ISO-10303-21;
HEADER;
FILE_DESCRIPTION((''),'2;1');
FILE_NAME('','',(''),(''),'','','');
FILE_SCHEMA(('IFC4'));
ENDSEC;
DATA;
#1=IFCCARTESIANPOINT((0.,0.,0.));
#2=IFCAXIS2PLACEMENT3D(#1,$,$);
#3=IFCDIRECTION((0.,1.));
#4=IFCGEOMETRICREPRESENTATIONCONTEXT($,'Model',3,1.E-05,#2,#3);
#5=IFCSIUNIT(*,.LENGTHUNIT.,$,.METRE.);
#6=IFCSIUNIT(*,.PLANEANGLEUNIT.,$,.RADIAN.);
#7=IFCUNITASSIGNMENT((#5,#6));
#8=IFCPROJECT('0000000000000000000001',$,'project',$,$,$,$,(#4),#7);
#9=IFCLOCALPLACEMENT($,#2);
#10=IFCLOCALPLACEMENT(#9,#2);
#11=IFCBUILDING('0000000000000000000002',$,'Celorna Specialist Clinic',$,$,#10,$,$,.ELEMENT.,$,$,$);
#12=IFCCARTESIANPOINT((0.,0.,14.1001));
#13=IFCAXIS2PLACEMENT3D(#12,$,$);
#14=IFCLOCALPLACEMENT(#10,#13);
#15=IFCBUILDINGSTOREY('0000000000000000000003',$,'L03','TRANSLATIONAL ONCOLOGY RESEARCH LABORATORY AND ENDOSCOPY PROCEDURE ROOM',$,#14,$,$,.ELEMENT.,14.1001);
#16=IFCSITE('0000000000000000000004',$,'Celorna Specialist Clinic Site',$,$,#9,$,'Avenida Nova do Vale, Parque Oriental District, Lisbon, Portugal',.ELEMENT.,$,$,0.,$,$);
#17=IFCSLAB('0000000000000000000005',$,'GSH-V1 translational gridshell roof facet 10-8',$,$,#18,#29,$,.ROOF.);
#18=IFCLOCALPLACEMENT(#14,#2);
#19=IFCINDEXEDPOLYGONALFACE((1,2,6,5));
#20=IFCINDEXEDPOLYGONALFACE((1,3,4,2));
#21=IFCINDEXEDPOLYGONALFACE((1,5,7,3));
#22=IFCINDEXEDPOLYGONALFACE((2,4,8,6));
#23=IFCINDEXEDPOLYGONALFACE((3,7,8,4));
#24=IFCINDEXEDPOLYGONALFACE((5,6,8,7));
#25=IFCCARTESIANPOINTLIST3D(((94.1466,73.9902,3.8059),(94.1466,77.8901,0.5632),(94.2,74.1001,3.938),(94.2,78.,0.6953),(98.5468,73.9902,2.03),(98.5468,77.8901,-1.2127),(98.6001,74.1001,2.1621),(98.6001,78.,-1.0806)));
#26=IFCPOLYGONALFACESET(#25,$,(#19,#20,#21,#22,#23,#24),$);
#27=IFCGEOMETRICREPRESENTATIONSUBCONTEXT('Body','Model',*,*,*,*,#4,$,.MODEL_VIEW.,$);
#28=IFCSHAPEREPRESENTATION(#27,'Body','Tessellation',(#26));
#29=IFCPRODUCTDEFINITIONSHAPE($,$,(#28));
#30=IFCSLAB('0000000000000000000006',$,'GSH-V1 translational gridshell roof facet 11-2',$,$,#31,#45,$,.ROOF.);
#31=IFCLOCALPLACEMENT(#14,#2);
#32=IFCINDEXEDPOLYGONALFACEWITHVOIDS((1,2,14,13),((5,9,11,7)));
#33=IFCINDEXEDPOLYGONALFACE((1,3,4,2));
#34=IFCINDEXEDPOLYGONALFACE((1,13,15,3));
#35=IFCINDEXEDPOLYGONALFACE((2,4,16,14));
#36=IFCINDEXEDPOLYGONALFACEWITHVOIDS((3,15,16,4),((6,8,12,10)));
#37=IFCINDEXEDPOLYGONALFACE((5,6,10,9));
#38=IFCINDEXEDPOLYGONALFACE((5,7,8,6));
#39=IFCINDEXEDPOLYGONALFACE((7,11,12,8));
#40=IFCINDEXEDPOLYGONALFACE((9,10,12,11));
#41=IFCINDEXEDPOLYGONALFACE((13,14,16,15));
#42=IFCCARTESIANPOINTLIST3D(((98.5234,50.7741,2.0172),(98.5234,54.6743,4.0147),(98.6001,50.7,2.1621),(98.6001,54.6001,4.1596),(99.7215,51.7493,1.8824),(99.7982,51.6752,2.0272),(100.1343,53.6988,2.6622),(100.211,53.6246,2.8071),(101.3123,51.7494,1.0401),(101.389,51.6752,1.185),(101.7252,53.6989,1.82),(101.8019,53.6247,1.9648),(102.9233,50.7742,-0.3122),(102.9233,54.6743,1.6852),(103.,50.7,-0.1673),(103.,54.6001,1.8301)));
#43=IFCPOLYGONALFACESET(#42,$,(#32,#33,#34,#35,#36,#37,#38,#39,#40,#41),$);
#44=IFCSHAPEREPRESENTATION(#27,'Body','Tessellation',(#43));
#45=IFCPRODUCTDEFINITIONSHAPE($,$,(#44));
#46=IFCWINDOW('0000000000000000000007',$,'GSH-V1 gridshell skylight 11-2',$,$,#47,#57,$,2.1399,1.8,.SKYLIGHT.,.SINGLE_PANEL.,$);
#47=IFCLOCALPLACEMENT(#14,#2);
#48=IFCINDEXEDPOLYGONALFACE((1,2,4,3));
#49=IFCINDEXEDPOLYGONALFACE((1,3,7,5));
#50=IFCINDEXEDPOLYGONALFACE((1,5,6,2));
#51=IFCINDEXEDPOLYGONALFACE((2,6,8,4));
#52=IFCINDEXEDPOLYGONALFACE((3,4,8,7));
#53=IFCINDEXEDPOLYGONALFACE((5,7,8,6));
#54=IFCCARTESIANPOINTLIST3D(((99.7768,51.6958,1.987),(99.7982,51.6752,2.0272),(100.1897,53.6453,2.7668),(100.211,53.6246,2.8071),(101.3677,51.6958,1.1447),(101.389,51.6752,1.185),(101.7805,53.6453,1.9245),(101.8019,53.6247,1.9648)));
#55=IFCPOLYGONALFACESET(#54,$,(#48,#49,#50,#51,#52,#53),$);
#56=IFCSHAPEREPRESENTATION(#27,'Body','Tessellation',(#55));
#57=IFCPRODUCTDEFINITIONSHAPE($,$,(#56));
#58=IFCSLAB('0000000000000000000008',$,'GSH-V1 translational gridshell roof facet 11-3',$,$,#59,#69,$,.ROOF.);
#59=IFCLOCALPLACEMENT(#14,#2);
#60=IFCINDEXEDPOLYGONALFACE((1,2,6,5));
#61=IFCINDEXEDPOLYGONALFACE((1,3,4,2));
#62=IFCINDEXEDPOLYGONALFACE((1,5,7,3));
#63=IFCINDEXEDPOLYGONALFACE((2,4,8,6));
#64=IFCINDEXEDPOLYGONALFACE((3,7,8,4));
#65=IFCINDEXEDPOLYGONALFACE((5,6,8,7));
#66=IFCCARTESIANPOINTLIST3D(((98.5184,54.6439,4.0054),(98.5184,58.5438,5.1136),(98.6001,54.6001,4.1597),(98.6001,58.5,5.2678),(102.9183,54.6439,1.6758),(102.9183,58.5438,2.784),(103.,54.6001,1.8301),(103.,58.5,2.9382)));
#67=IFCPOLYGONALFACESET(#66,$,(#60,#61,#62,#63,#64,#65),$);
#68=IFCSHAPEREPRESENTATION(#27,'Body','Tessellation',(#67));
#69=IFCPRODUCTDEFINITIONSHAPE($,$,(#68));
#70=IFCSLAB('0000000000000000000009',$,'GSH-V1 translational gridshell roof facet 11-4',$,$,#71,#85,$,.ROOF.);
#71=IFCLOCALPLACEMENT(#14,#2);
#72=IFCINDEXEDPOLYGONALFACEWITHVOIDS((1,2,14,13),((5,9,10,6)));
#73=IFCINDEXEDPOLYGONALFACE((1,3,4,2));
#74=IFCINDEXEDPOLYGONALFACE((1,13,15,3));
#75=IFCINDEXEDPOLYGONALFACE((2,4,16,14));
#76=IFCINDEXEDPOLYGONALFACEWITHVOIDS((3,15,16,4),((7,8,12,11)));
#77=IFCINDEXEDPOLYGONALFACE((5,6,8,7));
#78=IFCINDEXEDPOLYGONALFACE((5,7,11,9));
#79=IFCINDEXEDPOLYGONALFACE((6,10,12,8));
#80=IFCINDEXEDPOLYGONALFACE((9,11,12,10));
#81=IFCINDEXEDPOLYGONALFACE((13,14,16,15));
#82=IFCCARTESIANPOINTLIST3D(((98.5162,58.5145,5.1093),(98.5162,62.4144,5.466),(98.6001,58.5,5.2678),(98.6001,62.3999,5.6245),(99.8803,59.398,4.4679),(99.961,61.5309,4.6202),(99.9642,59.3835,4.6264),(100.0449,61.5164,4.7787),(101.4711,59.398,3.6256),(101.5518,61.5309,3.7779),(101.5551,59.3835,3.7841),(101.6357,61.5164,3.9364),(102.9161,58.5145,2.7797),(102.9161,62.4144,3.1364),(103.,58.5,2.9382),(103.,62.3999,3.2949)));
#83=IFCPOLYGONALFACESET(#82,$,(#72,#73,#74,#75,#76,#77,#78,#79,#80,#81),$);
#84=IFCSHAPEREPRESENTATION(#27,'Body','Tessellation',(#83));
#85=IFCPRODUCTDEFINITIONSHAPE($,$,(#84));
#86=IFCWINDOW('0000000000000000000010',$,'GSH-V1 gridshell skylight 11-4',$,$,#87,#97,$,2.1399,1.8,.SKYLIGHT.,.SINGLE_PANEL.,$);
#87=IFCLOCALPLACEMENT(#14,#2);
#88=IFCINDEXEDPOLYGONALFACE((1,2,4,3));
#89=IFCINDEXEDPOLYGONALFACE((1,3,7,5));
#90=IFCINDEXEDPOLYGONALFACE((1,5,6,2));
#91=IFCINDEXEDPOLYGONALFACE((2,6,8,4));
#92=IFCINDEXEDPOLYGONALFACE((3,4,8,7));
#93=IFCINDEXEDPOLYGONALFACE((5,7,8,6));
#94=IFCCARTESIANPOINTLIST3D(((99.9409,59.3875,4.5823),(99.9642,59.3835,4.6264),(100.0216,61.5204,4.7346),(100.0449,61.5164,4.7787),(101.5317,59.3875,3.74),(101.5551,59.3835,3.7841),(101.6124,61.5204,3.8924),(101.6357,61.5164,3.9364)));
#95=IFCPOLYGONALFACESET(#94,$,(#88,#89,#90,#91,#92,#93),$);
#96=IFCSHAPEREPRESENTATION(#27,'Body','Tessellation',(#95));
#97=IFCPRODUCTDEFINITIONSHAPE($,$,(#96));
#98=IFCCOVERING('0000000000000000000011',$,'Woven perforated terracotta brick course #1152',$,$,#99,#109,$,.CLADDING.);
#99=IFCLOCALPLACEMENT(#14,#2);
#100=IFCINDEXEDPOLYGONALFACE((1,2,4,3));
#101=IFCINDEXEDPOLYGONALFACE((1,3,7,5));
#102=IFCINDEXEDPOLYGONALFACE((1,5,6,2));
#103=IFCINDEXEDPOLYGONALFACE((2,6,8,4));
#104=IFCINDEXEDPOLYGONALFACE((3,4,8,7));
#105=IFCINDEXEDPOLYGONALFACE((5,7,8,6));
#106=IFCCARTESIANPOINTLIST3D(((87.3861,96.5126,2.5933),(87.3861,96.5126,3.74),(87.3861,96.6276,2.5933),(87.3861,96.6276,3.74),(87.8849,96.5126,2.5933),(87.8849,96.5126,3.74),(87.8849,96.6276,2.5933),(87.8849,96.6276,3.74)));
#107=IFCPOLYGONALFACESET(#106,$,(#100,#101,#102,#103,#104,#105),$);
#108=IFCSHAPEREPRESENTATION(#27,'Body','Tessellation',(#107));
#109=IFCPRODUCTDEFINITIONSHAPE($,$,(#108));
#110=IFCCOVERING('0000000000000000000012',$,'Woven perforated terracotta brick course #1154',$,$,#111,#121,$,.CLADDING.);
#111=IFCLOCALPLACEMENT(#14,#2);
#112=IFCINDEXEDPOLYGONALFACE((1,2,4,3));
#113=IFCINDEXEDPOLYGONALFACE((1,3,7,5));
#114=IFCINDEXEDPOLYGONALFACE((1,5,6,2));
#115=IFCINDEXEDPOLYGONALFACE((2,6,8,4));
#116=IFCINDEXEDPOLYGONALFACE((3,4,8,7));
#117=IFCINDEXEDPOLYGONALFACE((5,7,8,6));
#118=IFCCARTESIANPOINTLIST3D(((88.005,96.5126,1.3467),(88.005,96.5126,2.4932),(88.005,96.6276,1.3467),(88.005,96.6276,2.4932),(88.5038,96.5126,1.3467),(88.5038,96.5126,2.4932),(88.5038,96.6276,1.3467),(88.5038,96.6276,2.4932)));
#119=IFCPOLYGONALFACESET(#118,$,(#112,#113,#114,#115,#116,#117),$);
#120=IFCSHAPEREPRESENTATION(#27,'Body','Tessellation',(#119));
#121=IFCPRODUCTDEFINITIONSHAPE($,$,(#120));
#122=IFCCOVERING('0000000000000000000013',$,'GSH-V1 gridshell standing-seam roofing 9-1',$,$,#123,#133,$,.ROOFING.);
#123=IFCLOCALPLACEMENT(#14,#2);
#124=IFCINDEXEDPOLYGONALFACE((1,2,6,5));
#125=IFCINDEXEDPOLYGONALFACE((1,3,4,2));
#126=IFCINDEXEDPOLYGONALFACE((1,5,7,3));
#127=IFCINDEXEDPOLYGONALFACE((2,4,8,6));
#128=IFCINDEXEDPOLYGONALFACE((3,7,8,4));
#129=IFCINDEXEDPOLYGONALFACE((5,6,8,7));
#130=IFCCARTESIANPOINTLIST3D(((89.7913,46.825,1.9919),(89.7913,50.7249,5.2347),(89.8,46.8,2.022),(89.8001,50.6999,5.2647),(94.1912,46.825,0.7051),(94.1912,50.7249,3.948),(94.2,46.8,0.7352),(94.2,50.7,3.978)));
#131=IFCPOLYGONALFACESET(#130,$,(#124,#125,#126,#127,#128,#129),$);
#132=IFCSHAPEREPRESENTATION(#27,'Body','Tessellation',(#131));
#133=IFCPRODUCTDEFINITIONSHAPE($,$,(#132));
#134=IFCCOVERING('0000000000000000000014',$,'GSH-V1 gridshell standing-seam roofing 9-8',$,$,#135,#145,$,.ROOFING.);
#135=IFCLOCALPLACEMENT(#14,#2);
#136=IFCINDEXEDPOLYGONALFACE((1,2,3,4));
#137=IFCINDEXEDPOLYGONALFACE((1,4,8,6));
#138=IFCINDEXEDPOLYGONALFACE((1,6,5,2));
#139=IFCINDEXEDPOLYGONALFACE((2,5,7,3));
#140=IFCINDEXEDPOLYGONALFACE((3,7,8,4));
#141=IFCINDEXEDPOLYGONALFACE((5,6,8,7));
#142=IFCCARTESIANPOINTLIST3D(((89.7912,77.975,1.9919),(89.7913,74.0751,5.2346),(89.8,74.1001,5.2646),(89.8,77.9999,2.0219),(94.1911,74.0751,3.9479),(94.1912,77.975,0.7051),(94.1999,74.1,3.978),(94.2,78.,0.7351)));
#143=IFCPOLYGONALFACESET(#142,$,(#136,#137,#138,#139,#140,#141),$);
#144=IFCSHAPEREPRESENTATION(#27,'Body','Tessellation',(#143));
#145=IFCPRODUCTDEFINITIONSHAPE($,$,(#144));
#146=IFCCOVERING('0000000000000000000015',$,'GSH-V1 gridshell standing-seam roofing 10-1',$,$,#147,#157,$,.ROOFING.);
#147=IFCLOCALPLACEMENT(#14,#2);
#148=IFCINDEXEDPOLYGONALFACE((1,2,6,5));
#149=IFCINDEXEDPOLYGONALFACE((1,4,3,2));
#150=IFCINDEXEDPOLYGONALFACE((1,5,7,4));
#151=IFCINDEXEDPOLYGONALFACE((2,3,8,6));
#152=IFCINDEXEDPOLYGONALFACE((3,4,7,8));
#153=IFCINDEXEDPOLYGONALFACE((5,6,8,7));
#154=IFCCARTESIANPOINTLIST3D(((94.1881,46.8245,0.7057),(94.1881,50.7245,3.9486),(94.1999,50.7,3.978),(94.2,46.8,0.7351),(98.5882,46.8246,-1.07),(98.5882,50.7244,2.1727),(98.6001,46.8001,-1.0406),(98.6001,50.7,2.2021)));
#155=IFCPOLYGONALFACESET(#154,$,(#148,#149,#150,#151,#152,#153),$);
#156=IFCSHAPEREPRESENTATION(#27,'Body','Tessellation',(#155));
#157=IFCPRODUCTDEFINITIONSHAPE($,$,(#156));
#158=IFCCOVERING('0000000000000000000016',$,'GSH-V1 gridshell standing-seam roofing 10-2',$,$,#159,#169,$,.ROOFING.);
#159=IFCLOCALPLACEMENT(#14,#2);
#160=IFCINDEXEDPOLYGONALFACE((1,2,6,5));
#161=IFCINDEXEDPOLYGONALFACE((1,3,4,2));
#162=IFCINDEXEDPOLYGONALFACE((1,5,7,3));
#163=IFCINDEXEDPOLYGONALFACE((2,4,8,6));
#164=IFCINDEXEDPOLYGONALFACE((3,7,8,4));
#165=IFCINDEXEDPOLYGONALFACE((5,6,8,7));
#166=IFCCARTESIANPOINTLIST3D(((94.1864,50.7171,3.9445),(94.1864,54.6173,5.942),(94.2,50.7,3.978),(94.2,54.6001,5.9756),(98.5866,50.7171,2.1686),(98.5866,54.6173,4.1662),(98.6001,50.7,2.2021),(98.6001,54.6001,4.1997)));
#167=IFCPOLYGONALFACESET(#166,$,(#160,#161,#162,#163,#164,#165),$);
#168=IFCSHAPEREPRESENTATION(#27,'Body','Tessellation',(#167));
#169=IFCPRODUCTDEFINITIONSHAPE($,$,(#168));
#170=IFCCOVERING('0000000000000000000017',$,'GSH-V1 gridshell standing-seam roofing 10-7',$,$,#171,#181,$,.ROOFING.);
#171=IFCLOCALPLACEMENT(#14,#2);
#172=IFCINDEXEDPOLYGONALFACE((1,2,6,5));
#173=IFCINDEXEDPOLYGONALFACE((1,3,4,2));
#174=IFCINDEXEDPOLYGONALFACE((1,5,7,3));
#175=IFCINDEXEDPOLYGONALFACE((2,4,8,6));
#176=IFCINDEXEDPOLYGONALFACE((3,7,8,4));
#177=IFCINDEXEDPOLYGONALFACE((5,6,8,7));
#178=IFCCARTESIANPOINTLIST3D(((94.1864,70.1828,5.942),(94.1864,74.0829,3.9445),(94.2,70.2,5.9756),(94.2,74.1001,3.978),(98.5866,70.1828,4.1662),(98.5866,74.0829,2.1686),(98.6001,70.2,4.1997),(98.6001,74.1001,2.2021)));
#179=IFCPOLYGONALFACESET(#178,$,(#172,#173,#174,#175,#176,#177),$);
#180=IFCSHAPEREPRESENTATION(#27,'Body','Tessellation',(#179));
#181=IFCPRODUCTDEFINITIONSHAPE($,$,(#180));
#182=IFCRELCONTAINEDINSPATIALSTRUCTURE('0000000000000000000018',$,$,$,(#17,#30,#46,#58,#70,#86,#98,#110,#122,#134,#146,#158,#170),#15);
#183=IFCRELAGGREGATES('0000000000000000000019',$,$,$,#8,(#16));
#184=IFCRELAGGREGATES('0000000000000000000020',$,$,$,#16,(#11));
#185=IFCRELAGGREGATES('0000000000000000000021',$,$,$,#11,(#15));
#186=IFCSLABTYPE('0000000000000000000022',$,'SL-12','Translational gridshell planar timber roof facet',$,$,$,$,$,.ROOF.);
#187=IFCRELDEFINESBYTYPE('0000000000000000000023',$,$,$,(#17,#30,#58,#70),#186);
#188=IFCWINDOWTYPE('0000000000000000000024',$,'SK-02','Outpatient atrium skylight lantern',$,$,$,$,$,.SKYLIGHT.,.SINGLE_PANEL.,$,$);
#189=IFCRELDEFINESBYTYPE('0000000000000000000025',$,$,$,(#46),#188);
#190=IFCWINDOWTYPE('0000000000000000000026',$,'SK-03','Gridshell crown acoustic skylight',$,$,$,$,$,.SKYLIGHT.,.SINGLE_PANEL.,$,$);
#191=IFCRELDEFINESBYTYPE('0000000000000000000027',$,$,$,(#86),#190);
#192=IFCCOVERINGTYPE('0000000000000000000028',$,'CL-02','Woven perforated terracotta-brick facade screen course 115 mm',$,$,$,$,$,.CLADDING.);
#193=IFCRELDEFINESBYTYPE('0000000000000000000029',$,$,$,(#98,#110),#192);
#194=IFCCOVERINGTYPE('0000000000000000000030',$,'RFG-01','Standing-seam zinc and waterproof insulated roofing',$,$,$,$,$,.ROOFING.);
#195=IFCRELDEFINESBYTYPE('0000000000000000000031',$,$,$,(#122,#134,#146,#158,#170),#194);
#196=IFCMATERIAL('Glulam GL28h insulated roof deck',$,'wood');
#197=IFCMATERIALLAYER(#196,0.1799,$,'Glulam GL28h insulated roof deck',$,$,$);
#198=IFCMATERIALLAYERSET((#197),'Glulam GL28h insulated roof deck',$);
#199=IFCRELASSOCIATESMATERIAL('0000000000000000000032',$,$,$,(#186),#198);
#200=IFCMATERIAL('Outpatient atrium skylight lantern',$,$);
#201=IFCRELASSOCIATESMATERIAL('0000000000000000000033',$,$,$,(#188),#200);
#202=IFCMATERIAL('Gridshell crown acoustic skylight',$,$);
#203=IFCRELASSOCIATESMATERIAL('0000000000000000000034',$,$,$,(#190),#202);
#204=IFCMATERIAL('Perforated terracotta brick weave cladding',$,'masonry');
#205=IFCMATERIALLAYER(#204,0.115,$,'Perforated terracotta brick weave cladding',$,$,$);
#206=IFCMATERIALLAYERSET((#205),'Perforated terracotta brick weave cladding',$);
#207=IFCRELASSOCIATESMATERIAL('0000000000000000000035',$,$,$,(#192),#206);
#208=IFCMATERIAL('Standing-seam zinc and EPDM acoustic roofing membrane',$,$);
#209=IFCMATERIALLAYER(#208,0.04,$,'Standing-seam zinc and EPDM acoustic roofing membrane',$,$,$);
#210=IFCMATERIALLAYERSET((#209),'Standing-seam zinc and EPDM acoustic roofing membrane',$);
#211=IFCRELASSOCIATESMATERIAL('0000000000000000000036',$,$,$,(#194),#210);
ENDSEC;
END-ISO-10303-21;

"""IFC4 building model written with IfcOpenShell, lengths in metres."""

from ifc_helpers import new_model, si_unit, direction, frame, origin, origin_2d, place, context, subcontext, project, spatial, polyline, rectangle, outline, extrude, material, layer, layer_set, type_object, element, fill, save


model = new_model("IFC4")

# Units and contexts
model_context = context("Model", 3, precision=1e-05, world=origin(), true_north=direction((0.0, 1.0)))
body_context = subcontext(model_context, "Body", "Model", "MODEL_VIEW")
ifc_project = project(units=[si_unit("LENGTHUNIT", "METRE"), si_unit("PLANEANGLEUNIT", "RADIAN")], contexts=[model_context])

# Site, building, storey
site_placement = place(None, origin())
site = spatial("IfcSite", under=ifc_project, at=site_placement, Name="Celorna Specialist Clinic Site", LongName="Avenida Nova do Vale, Parque Oriental District, Lisbon, Portugal", CompositionType="ELEMENT", RefElevation=0.0)
building_placement = place(site_placement, origin())
building = spatial("IfcBuilding", under=site, at=building_placement, Name="Celorna Specialist Clinic", CompositionType="ELEMENT")
storey_placement = place(building_placement, frame((0.0, 0.0, 14.1001)))
storey = spatial("IfcBuildingStorey", under=building, at=storey_placement, Name="L03", Description="TRANSLATIONAL ONCOLOGY RESEARCH LABORATORY AND ENDOSCOPY PROCEDURE ROOM", CompositionType="ELEMENT", Elevation=14.1001)

# Shared definitions
ifc_material_1 = material(Name="Glulam GL28h insulated roof deck", Category="wood")
ifc_layer_1 = layer(ifc_material_1, 0.1799, Name="Glulam GL28h insulated roof deck")
ifc_layer_set_1 = layer_set([ifc_layer_1], Name="Glulam GL28h insulated roof deck")
slab_type = type_object("IfcSlabType", Name="SL-12", Description="Translational gridshell planar timber roof facet", PredefinedType="ROOF", material=ifc_layer_set_1)

# Shared definitions
ifc_material_2 = material(Name="Outpatient atrium skylight lantern")
window_type_1 = type_object("IfcWindowType", Name="SK-02", Description="Outpatient atrium skylight lantern", PartitioningType="SINGLE_PANEL", PredefinedType="SKYLIGHT", material=ifc_material_2)

# Slab
slab_1_placement = place(storey_placement, frame((94.2, 74.1001, 3.938), z_axis=(0.29639, 0.610614, 0.734373), x_axis=(0.927323, 0.0, -0.374263)))
element("IfcSlab", 1, at=slab_1_placement, inside=storey, type_object=slab_type, Name="GSH-V1 translational gridshell roof facet 10-8", PredefinedType="ROOF", context=body_context, shape_type="SweptSolid", body=[
    extrude(outline(polyline([(0.0, 0.0), (4.745, 0.0), (5.9586, 4.9246), (1.2136, 4.9246), (0.0, 0.0)])), origin(), (0.0, 0.0, -1.0), 0.1799),
])

# Slab, opening, window
slab_2_placement = place(storey_placement, frame((98.6001, 50.7, 2.1621), z_axis=(0.426273, -0.41235, 0.805145), x_axis=(0.883781, 0.000008, -0.467901)))
slab_2 = element("IfcSlab", 2, at=slab_2_placement, inside=storey, type_object=slab_type, Name="GSH-V1 translational gridshell roof facet 11-2", PredefinedType="ROOF", context=body_context, shape_type="SweptSolid", body=[
    extrude(outline(polyline([(0.0, 0.0), (4.9785, 0.0), (4.0439, 4.281), (-0.9346, 4.2811), (0.0, 0.0)])), origin(), (0.0, 0.0, -1.0), 0.1799),
])
opening_1_placement = place(slab_2_placement, frame((2.022, 2.1404, 0.01)))
opening_1 = element("IfcOpeningElement", 3, at=opening_1_placement, cuts=slab_2, PredefinedType="OPENING", context=body_context, shape_type="SweptSolid", body=[
    extrude(rectangle(XDim=1.8, YDim=2.1399, at=origin_2d()), origin(), (0.0, 0.0, -1.0), 0.2),
])
window_1_placement = place(opening_1_placement, frame((0.0, 0.0, -0.01)))
window_1 = element("IfcWindow", 4, at=window_1_placement, inside=storey, type_object=window_type_1, Name="GSH-V1 gridshell skylight 11-2", OverallHeight=2.1399, OverallWidth=1.8, PartitioningType="SINGLE_PANEL", PredefinedType="SKYLIGHT", context=body_context, shape_type="SweptSolid", body=[
    extrude(rectangle(XDim=1.8, YDim=2.1399, at=origin_2d()), origin(), (0.0, 0.0, -1.0), 0.05),
])
fill(opening_1, window_1)

# Slab
slab_3_placement = place(storey_placement, frame((98.6001, 54.6001, 4.1597), z_axis=(0.453833, -0.24356, 0.857155), x_axis=(0.883769, 0.0, -0.467924)))
element("IfcSlab", 5, at=slab_3_placement, inside=storey, type_object=slab_type, Name="GSH-V1 translational gridshell roof facet 11-3", PredefinedType="ROOF", context=body_context, shape_type="SweptSolid", body=[
    extrude(outline(polyline([(0.0, 0.0), (4.9786, 0.0), (4.46, 4.021), (-0.5185, 4.021), (0.0, 0.0)])), origin(), (0.0, 0.0, -1.0), 0.1799),
])

# Slab, opening, window
slab_4_placement = place(storey_placement, frame((98.6001, 58.5, 5.2678), z_axis=(0.466403, -0.080568, 0.880896), x_axis=(0.883769, 0.0, -0.467924)))
slab_4 = element("IfcSlab", 6, at=slab_4_placement, inside=storey, type_object=slab_type, Name="GSH-V1 translational gridshell roof facet 11-4", PredefinedType="ROOF", context=body_context, shape_type="SweptSolid", body=[
    extrude(outline(polyline([(0.0, 0.0), (4.9786, 0.0), (4.8117, 3.9126), (-0.1669, 3.9126), (0.0, 0.0)])), origin(), (0.0, 0.0, -1.0), 0.1799),
])
opening_2_placement = place(slab_4_placement, frame((2.4058, 1.9563, 0.01)))
opening_2 = element("IfcOpeningElement", 7, at=opening_2_placement, cuts=slab_4, PredefinedType="OPENING", context=body_context, shape_type="SweptSolid", body=[
    extrude(rectangle(XDim=1.8, YDim=2.1399, at=origin_2d()), origin(), (0.0, 0.0, -1.0), 0.2),
])
ifc_material_3 = material(Name="Gridshell crown acoustic skylight")
window_type_2 = type_object("IfcWindowType", Name="SK-03", Description="Gridshell crown acoustic skylight", PartitioningType="SINGLE_PANEL", PredefinedType="SKYLIGHT", material=ifc_material_3)
window_2_placement = place(opening_2_placement, frame((0.0, 0.0, -0.01)))
window_2 = element("IfcWindow", 8, at=window_2_placement, inside=storey, type_object=window_type_2, Name="GSH-V1 gridshell skylight 11-4", OverallHeight=2.1399, OverallWidth=1.8, PartitioningType="SINGLE_PANEL", PredefinedType="SKYLIGHT", context=body_context, shape_type="SweptSolid", body=[
    extrude(rectangle(XDim=1.8, YDim=2.1399, at=origin_2d()), origin(), (0.0, 0.0, -1.0), 0.05),
])
fill(opening_2, window_2)

# Coverings
ifc_material_4 = material(Name="Perforated terracotta brick weave cladding", Category="masonry")
ifc_layer_2 = layer(ifc_material_4, 0.115, Name="Perforated terracotta brick weave cladding")
ifc_layer_set_2 = layer_set([ifc_layer_2], Name="Perforated terracotta brick weave cladding")
covering_type_1 = type_object("IfcCoveringType", Name="CL-02", Description="Woven perforated terracotta-brick facade screen course 115 mm", PredefinedType="CLADDING", material=ifc_layer_set_2)
covering_1_placement = place(storey_placement, frame((87.6355, 96.5701, 2.5933), z_axis=(0.0, 0.0, 1.0), x_axis=(1.0, 0.0, 0.0)))
element("IfcCovering", 9, at=covering_1_placement, inside=storey, type_object=covering_type_1, Name="Woven perforated terracotta brick course #1152", PredefinedType="CLADDING", context=body_context, shape_type="SweptSolid", body=[
    extrude(rectangle(XDim=0.4988, YDim=0.115, at=origin_2d()), origin(), (0.0, 0.0, 1.0), 1.1467),
])
covering_2_placement = place(storey_placement, frame((88.2544, 96.5701, 1.3467), z_axis=(0.0, 0.0, 1.0), x_axis=(1.0, 0.0, 0.0)))
element("IfcCovering", 10, at=covering_2_placement, inside=storey, type_object=covering_type_1, Name="Woven perforated terracotta brick course #1154", PredefinedType="CLADDING", context=body_context, shape_type="SweptSolid", body=[
    extrude(rectangle(XDim=0.4988, YDim=0.115, at=origin_2d()), origin(), (0.0, 0.0, 1.0), 1.1465),
])
ifc_material_5 = material(Name="Standing-seam zinc and EPDM acoustic roofing membrane")
ifc_layer_3 = layer(ifc_material_5, 0.04, Name="Standing-seam zinc and EPDM acoustic roofing membrane")
ifc_layer_set_3 = layer_set([ifc_layer_3], Name="Standing-seam zinc and EPDM acoustic roofing membrane")
covering_type_2 = type_object("IfcCoveringType", Name="RFG-01", Description="Standing-seam zinc and waterproof insulated roofing", PredefinedType="ROOFING", material=ifc_layer_set_3)
covering_3_placement = place(storey_placement, frame((89.8, 46.8, 2.022), z_axis=(0.219388, -0.623779, 0.750179), x_axis=(0.959795, -0.000012, -0.280701)))
element("IfcCovering", 11, at=covering_3_placement, inside=storey, type_object=covering_type_2, Name="GSH-V1 gridshell standing-seam roofing 9-1", PredefinedType="ROOFING", context=body_context, shape_type="SweptSolid", body=[
    extrude(outline(polyline([(0.0, 0.0), (4.5842, 0.0), (3.6739, 4.9897), (-0.9103, 4.9895), (0.0, 0.0)])), origin(), (0.0, 0.0, -1.0), 0.04),
])
covering_4_placement = place(storey_placement, frame((89.8, 74.1001, 5.2646), z_axis=(0.219388, 0.623779, 0.750179), x_axis=(0.959801, -0.000012, -0.280682)))
element("IfcCovering", 12, at=covering_4_placement, inside=storey, type_object=covering_type_2, Name="GSH-V1 gridshell standing-seam roofing 9-8", PredefinedType="ROOFING", context=body_context, shape_type="SweptSolid", body=[
    extrude(outline(polyline([(0.0, 0.0), (4.5842, 0.0), (5.4943, 4.9897), (0.9101, 4.9896), (0.0, 0.0)])), origin(), (0.0, 0.0, -1.0), 0.04),
])
covering_5_placement = place(storey_placement, frame((94.2, 46.8, 0.7351), z_axis=(0.296367, -0.610632, 0.734367), x_axis=(0.927335, 0.000012, -0.374233)))
element("IfcCovering", 13, at=covering_5_placement, inside=storey, type_object=covering_type_2, Name="GSH-V1 gridshell standing-seam roofing 10-1", PredefinedType="ROOFING", context=body_context, shape_type="SweptSolid", body=[
    extrude(outline(polyline([(0.0, 0.0), (4.7449, 0.0), (3.5314, 4.9246), (-1.2136, 4.9247), (0.0, 0.0)])), origin(), (0.0, 0.0, -1.0), 0.04),
])
covering_6_placement = place(storey_placement, frame((94.2, 50.7, 3.978), z_axis=(0.33807, -0.429021, 0.837645), x_axis=(0.927323, 0.0, -0.374263)))
element("IfcCovering", 14, at=covering_6_placement, inside=storey, type_object=covering_type_2, Name="GSH-V1 gridshell standing-seam roofing 10-2", PredefinedType="ROOFING", context=body_context, shape_type="SweptSolid", body=[
    extrude(outline(polyline([(0.0, 0.0), (4.745, 0.0), (3.9974, 4.3177), (-0.7476, 4.3177), (0.0, 0.0)])), origin(), (0.0, 0.0, -1.0), 0.04),
])
covering_7_placement = place(storey_placement, frame((94.2, 70.2, 5.9756), z_axis=(0.33807, 0.429021, 0.837645), x_axis=(0.927323, 0.0, -0.374263)))
element("IfcCovering", 15, at=covering_7_placement, inside=storey, type_object=covering_type_2, Name="GSH-V1 gridshell standing-seam roofing 10-7", PredefinedType="ROOFING", context=body_context, shape_type="SweptSolid", body=[
    extrude(outline(polyline([(0.0, 0.0), (4.745, 0.0), (5.4926, 4.3177), (0.7476, 4.3177), (0.0, 0.0)])), origin(), (0.0, 0.0, -1.0), 0.04),
])

save(model, "model.ifc")
